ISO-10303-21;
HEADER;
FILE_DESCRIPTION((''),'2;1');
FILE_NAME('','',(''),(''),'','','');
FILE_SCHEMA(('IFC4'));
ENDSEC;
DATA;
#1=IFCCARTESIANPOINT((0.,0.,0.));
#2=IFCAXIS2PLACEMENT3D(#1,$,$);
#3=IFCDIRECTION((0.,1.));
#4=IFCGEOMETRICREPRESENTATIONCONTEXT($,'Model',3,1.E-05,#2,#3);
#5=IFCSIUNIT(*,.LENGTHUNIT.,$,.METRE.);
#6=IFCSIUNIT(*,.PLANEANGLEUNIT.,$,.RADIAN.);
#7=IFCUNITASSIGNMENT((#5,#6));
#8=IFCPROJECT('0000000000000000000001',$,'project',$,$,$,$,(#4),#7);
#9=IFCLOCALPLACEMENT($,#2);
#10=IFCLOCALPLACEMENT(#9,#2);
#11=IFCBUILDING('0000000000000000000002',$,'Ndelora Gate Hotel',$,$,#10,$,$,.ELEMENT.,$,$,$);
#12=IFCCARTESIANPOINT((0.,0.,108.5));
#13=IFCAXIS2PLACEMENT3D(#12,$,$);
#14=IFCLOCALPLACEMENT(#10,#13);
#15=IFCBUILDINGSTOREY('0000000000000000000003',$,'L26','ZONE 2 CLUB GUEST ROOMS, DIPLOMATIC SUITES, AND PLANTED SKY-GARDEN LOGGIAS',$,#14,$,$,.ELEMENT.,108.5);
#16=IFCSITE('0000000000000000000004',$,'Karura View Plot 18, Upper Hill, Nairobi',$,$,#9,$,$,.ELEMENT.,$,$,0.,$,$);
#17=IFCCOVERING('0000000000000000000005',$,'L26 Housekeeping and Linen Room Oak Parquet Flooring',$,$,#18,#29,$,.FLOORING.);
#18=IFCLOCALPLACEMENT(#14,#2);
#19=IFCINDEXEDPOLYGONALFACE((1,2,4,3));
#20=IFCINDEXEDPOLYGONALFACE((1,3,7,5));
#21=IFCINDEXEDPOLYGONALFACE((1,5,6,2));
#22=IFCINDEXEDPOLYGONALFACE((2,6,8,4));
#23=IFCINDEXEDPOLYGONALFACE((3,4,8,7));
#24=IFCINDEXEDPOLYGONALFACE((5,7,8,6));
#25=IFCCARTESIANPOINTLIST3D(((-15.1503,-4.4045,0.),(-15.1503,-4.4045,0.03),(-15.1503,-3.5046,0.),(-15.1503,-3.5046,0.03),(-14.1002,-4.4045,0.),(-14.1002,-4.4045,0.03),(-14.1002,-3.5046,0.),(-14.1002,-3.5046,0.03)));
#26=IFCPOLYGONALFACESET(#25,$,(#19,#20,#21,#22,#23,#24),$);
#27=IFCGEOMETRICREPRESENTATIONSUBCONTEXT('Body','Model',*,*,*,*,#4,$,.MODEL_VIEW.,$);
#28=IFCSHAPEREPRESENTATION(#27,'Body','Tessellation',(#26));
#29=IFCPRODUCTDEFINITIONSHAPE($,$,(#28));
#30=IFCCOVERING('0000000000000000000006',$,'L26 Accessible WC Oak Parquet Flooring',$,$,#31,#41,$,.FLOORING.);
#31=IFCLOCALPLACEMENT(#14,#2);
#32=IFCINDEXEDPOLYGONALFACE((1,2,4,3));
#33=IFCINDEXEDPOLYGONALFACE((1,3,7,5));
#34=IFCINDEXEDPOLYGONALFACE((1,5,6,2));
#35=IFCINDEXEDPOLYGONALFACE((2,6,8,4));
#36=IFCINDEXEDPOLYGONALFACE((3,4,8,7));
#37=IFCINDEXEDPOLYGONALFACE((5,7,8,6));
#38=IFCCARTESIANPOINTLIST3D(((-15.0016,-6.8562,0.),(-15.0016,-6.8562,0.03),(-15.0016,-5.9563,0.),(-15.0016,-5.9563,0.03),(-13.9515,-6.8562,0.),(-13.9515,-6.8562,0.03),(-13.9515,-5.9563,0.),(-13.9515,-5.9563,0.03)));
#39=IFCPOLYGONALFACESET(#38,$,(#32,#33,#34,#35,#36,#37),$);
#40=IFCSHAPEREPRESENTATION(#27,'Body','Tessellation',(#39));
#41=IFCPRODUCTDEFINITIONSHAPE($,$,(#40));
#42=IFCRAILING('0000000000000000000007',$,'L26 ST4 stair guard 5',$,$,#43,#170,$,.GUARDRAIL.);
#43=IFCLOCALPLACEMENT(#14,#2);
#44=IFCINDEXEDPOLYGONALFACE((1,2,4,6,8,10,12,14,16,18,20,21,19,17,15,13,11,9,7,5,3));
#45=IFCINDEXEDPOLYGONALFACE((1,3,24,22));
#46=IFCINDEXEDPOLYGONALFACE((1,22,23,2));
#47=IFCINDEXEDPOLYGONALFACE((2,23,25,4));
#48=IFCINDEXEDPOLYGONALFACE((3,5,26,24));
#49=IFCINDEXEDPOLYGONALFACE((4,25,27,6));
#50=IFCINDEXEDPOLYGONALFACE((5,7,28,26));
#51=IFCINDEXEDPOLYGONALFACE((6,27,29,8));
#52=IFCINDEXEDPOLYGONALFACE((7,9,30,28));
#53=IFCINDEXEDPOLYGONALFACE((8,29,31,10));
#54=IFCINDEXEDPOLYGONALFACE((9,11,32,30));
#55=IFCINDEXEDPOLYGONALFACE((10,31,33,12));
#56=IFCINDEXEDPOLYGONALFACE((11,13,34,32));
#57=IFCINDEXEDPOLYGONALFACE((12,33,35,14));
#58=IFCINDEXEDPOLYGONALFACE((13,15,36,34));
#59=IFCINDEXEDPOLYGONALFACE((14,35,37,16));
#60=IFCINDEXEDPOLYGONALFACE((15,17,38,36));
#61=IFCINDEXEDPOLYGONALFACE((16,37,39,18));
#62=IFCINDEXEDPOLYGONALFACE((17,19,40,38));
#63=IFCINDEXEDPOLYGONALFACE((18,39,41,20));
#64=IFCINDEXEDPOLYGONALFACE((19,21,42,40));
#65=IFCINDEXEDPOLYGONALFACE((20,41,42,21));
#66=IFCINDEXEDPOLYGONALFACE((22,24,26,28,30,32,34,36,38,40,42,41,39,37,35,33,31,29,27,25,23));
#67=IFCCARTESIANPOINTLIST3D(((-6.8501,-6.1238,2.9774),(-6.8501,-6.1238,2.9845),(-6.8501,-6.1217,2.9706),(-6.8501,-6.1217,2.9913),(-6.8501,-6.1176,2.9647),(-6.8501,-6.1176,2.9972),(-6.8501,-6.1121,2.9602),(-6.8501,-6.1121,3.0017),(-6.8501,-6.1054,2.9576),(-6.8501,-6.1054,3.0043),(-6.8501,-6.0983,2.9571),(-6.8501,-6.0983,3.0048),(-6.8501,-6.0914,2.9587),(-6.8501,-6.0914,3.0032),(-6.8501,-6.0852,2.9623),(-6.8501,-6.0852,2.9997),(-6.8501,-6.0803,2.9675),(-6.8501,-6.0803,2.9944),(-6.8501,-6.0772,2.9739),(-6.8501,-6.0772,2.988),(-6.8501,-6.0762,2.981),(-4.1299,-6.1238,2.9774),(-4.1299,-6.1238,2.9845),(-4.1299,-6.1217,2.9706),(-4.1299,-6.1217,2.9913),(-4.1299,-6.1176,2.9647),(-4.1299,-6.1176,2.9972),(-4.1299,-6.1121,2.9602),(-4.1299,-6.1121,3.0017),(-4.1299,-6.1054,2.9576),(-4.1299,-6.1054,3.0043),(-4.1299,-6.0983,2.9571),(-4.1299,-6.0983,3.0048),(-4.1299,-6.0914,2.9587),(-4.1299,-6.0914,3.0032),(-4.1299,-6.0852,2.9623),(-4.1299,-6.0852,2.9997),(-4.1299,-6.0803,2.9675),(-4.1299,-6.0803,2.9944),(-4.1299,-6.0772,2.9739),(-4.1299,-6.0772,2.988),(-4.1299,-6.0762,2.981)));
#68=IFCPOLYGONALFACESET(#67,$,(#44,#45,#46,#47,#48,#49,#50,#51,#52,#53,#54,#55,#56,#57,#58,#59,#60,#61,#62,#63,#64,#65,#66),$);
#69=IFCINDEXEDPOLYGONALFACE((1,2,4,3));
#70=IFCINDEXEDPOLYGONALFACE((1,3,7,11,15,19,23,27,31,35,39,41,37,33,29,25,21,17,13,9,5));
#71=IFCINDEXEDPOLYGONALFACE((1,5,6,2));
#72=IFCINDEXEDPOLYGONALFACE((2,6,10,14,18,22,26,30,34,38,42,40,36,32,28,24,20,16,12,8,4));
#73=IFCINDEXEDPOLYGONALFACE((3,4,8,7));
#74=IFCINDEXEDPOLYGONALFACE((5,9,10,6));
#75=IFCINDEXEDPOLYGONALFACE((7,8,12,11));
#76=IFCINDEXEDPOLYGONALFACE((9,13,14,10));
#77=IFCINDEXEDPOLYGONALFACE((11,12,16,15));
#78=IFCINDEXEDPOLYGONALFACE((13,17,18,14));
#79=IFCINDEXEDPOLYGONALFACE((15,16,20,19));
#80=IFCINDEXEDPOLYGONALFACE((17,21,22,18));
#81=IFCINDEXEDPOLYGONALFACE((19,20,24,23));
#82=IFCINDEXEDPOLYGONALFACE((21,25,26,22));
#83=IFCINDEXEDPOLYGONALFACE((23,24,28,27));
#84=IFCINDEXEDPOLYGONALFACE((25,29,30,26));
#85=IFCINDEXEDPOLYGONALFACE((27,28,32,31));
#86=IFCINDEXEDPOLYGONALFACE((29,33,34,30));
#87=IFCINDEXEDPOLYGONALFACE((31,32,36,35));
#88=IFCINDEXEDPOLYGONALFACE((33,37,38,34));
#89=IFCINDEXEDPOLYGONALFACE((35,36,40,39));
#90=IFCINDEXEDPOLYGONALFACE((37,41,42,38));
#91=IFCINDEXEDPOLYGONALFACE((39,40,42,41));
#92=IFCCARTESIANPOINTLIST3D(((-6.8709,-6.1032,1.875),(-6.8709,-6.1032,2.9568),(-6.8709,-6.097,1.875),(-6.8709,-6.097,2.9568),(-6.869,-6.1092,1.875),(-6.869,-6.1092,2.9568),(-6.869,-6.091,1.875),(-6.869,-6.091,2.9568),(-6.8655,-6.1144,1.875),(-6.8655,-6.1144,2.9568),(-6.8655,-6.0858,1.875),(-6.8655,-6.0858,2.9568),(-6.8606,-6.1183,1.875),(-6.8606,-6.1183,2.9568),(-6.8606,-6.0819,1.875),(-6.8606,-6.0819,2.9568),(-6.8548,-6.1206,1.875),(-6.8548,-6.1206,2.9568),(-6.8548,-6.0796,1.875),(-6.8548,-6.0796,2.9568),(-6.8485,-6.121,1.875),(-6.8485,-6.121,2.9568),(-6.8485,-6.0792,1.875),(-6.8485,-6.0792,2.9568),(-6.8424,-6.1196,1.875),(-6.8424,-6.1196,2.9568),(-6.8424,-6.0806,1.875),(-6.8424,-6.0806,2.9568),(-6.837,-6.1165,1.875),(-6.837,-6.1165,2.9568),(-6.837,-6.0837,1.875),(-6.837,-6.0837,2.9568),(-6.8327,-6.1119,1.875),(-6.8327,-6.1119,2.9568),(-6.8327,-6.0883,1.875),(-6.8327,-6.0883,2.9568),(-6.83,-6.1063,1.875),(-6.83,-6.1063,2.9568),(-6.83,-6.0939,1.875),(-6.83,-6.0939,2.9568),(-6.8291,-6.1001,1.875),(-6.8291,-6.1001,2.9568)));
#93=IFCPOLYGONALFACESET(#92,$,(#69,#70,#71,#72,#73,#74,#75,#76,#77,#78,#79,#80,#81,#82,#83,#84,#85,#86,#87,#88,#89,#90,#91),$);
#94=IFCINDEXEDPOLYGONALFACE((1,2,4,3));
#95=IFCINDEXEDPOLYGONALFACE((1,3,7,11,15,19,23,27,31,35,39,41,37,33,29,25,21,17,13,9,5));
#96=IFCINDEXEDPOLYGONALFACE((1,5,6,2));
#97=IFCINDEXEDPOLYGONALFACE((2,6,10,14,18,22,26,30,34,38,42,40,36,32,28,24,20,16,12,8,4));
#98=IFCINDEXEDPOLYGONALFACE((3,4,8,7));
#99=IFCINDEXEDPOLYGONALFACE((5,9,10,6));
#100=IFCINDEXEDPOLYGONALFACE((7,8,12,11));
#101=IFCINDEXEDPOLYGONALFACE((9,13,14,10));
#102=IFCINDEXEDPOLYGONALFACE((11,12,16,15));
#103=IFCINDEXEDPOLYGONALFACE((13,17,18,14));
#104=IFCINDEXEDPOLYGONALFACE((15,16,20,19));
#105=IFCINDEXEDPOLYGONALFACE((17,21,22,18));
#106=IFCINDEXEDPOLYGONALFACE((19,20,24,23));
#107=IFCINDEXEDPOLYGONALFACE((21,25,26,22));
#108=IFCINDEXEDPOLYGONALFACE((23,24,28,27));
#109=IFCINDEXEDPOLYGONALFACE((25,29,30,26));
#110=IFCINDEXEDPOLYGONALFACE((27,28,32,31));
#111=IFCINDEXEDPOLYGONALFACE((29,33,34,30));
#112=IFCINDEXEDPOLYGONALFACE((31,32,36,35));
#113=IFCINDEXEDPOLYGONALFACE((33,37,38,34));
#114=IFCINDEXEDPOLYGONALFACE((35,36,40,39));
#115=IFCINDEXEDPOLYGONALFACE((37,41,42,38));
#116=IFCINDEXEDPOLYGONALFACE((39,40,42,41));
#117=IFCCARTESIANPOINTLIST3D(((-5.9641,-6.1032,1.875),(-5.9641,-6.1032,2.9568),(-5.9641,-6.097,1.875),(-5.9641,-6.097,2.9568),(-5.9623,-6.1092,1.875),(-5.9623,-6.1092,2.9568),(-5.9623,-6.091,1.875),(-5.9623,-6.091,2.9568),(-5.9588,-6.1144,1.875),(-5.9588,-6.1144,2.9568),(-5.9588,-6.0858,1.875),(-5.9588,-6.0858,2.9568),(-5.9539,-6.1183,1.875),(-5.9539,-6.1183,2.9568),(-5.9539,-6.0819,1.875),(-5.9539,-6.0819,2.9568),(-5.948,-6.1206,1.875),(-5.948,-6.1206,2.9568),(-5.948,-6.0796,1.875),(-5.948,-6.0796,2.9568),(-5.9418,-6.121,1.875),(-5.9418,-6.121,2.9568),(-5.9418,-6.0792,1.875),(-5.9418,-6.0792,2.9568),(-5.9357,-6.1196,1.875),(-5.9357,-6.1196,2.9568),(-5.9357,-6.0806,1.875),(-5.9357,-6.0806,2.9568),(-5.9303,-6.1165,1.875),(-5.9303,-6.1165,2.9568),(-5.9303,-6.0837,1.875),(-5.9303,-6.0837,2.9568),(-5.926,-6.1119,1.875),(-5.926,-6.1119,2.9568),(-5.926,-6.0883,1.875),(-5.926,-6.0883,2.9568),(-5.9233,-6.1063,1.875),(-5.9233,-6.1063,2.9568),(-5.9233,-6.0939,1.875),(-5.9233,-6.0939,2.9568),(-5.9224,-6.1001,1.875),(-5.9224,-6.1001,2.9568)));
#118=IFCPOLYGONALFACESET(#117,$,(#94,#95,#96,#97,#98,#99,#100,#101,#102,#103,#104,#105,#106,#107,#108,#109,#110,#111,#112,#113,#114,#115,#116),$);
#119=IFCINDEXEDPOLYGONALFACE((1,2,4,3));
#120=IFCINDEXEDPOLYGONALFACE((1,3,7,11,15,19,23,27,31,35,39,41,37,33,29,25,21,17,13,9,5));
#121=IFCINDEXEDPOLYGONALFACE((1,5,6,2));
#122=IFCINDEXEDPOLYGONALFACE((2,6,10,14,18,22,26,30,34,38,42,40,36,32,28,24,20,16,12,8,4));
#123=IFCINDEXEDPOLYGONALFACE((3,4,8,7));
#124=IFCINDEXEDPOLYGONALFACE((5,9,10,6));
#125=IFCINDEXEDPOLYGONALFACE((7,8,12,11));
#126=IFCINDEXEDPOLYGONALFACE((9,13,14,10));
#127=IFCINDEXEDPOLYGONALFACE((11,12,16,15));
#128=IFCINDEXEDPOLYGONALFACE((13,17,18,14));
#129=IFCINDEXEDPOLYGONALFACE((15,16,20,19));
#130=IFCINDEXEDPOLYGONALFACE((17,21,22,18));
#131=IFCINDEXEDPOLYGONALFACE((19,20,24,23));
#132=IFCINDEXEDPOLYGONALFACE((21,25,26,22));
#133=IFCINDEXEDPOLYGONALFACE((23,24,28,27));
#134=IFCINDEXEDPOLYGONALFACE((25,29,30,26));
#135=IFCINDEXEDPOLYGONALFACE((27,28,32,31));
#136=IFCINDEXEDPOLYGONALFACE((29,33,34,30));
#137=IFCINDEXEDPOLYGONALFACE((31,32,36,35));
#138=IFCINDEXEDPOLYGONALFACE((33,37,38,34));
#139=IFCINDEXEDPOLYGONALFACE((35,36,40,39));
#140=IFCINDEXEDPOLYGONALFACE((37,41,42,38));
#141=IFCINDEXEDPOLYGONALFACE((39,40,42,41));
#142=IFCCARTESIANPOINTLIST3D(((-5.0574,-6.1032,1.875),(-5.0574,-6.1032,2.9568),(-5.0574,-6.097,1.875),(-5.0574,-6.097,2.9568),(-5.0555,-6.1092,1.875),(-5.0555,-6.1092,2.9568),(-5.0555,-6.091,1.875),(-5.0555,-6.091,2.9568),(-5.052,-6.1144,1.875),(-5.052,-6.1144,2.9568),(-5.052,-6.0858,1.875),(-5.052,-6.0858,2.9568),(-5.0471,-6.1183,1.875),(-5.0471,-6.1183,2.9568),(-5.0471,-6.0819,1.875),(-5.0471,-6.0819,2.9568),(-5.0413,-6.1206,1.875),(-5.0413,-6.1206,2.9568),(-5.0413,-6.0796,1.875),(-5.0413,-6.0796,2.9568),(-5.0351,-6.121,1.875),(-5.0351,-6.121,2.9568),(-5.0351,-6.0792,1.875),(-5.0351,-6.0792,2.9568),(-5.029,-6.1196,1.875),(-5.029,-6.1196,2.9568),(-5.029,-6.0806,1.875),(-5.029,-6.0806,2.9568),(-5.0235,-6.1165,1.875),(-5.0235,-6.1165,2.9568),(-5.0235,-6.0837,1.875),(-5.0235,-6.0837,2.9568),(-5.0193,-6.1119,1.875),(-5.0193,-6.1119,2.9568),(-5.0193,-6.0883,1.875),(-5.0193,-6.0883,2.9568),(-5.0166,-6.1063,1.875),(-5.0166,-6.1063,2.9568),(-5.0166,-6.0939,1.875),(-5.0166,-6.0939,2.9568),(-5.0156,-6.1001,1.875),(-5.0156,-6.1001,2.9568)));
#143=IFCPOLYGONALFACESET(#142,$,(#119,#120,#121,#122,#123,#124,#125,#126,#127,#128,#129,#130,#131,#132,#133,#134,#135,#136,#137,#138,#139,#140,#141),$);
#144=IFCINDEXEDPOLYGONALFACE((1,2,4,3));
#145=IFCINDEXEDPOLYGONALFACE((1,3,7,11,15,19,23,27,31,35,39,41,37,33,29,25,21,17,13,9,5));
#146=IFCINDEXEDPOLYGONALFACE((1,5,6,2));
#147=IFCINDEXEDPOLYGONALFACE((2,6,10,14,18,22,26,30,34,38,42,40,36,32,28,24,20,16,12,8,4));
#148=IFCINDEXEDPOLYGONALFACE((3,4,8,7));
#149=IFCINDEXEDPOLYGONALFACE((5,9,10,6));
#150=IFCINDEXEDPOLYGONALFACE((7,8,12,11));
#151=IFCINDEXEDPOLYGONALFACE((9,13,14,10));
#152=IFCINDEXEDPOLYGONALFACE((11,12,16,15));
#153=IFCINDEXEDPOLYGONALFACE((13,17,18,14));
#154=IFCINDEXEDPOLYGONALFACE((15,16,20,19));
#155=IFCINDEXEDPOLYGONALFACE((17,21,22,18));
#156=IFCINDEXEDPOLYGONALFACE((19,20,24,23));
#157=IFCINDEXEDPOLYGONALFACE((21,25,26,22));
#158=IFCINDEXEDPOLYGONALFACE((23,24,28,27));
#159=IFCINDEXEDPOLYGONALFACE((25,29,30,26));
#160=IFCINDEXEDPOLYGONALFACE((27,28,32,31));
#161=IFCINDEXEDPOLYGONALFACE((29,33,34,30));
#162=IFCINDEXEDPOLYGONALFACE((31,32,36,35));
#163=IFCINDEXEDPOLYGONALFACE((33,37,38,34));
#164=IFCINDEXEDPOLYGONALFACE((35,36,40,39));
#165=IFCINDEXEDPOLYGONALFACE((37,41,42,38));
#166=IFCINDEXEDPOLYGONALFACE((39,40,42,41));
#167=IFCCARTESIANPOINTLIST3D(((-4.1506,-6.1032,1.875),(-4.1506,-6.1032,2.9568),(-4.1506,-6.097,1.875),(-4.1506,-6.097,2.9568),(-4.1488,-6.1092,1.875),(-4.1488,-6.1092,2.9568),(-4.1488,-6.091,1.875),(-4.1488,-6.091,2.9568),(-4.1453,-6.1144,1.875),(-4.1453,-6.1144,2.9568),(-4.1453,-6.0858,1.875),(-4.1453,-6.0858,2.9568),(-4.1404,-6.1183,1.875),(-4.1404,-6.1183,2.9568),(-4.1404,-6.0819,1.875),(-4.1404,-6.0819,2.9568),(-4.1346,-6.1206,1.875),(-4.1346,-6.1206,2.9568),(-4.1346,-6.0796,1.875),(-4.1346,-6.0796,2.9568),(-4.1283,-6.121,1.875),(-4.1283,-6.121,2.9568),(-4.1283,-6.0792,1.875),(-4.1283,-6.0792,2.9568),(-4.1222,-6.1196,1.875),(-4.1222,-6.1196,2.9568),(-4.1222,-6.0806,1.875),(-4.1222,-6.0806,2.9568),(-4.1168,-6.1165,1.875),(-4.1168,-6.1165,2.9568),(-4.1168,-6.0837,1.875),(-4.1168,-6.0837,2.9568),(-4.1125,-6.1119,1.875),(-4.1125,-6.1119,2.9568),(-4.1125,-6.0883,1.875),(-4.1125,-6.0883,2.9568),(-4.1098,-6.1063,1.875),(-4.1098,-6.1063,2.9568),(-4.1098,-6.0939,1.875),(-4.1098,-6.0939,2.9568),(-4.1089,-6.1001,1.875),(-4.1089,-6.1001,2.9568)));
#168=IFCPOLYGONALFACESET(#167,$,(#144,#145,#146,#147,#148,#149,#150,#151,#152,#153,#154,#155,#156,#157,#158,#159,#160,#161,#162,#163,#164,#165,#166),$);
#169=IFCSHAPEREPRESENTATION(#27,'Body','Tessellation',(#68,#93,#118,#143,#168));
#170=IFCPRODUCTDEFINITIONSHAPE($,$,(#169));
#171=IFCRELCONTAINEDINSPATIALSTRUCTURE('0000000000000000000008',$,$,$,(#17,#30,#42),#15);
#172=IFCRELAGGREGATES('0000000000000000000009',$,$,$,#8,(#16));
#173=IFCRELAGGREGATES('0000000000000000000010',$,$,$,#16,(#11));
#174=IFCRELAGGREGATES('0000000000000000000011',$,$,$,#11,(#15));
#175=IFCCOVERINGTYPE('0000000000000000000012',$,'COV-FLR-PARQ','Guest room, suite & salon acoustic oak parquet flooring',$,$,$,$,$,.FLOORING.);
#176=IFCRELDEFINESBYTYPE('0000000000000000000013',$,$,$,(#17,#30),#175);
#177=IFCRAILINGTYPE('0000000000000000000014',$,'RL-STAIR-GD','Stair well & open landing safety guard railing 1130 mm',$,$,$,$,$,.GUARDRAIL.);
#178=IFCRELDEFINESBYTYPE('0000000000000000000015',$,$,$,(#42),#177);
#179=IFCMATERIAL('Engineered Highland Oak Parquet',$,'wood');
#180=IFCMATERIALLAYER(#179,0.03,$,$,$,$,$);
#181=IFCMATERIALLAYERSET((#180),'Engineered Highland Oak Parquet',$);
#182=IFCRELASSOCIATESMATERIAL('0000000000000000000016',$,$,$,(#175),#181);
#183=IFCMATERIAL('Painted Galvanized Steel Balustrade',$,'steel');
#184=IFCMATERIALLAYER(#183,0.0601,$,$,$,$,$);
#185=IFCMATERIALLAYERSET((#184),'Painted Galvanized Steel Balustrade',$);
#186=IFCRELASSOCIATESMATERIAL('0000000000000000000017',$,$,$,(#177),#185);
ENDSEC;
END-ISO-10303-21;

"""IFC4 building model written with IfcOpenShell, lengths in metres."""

from ifc_helpers import new_model, si_unit, direction, frame, origin, origin_2d, place, context, subcontext, project, spatial, rectangle, circle, extrude, material, layer, layer_set, type_object, element, save


model = new_model("IFC4")

# Units and contexts
model_context = context("Model", 3, precision=1e-05, world=origin(), true_north=direction((0.0, 1.0)))
body_context = subcontext(model_context, "Body", "Model", "MODEL_VIEW")
ifc_project = project(units=[si_unit("LENGTHUNIT", "METRE"), si_unit("PLANEANGLEUNIT", "RADIAN")], contexts=[model_context])

# Site, building, storey
site_placement = place(None, origin())
site = spatial("IfcSite", under=ifc_project, at=site_placement, Name="Karura View Plot 18, Upper Hill, Nairobi", CompositionType="ELEMENT", RefElevation=0.0)
building_placement = place(site_placement, origin())
building = spatial("IfcBuilding", under=site, at=building_placement, Name="Ndelora Gate Hotel", CompositionType="ELEMENT")
storey_placement = place(building_placement, frame((0.0, 0.0, 108.5)))
storey = spatial("IfcBuildingStorey", under=building, at=storey_placement, Name="L26", Description="ZONE 2 CLUB GUEST ROOMS, DIPLOMATIC SUITES, AND PLANTED SKY-GARDEN LOGGIAS", CompositionType="ELEMENT", Elevation=108.5)

# Coverings
ifc_material_1 = material(Name="Engineered Highland Oak Parquet", Category="wood")
ifc_layer_1 = layer(ifc_material_1, 0.03)
ifc_layer_set_1 = layer_set([ifc_layer_1], Name="Engineered Highland Oak Parquet")
covering_type_1 = type_object("IfcCoveringType", Name="COV-FLR-PARQ", Description="Guest room, suite & salon acoustic oak parquet flooring", PredefinedType="FLOORING", material=ifc_layer_set_1)
for number, where, z_axis, x_axis, name in (
    (1, (-14.6252, -3.9546, 0.0), (0.0, 0.0, 1.0), (1.0, 0.0, 0.0), "L26 Housekeeping and Linen Room Oak Parquet Flooring"),
    (2, (-14.4766, -6.4062, 0.0), (0.0, 0.0, 1.0), (1.0, 0.0, 0.0), "L26 Accessible WC Oak Parquet Flooring"),
):
    element("IfcCovering", number, at=place(storey_placement, frame(where, z_axis=z_axis, x_axis=x_axis)), inside=storey, type_object=covering_type_1, Name=name, PredefinedType="FLOORING", context=body_context, shape_type="SweptSolid", body=[
        extrude(rectangle(XDim=1.05, YDim=0.8999, at=origin_2d()), origin(), (0.0, 0.0, 1.0), 0.03),
    ])

# Railing
ifc_material_2 = material(Name="Painted Galvanized Steel Balustrade", Category="steel")
ifc_layer_2 = layer(ifc_material_2, 0.0601)
ifc_layer_set_2 = layer_set([ifc_layer_2], Name="Painted Galvanized Steel Balustrade")
railing_type = type_object("IfcRailingType", Name="RL-STAIR-GD", Description="Stair well & open landing safety guard railing 1130 mm", PredefinedType="GUARDRAIL", material=ifc_layer_set_2)
railing_1_placement = place(storey_placement, frame((-6.8501, -6.1001, 1.875)))
element("IfcRailing", 3, at=railing_1_placement, inside=storey, type_object=railing_type, Name="L26 ST4 stair guard 5", PredefinedType="GUARDRAIL", context=body_context, shape_type="SweptSolid", body=[
    extrude(circle(Radius=0.0239, at=origin_2d()), frame((0.0, 0.0, 1.106), z_axis=(1.0, 0.0, 0.0), x_axis=(0.0, 1.0, 0.0)), (0.0, 0.0, 1.0), 2.7202),
    extrude(circle(Radius=0.021, at=origin_2d()), origin(), (0.0, 0.0, 1.0), 1.0818),
    extrude(circle(Radius=0.021, at=origin_2d()), frame((0.9067, 0.0, 0.0)), (0.0, 0.0, 1.0), 1.0818),
    extrude(circle(Radius=0.021, at=origin_2d()), frame((1.8135, 0.0, 0.0)), (0.0, 0.0, 1.0), 1.0818),
    extrude(circle(Radius=0.021, at=origin_2d()), frame((2.7202, 0.0, 0.0)), (0.0, 0.0, 1.0), 1.0818),
])

save(model, "model.ifc")
